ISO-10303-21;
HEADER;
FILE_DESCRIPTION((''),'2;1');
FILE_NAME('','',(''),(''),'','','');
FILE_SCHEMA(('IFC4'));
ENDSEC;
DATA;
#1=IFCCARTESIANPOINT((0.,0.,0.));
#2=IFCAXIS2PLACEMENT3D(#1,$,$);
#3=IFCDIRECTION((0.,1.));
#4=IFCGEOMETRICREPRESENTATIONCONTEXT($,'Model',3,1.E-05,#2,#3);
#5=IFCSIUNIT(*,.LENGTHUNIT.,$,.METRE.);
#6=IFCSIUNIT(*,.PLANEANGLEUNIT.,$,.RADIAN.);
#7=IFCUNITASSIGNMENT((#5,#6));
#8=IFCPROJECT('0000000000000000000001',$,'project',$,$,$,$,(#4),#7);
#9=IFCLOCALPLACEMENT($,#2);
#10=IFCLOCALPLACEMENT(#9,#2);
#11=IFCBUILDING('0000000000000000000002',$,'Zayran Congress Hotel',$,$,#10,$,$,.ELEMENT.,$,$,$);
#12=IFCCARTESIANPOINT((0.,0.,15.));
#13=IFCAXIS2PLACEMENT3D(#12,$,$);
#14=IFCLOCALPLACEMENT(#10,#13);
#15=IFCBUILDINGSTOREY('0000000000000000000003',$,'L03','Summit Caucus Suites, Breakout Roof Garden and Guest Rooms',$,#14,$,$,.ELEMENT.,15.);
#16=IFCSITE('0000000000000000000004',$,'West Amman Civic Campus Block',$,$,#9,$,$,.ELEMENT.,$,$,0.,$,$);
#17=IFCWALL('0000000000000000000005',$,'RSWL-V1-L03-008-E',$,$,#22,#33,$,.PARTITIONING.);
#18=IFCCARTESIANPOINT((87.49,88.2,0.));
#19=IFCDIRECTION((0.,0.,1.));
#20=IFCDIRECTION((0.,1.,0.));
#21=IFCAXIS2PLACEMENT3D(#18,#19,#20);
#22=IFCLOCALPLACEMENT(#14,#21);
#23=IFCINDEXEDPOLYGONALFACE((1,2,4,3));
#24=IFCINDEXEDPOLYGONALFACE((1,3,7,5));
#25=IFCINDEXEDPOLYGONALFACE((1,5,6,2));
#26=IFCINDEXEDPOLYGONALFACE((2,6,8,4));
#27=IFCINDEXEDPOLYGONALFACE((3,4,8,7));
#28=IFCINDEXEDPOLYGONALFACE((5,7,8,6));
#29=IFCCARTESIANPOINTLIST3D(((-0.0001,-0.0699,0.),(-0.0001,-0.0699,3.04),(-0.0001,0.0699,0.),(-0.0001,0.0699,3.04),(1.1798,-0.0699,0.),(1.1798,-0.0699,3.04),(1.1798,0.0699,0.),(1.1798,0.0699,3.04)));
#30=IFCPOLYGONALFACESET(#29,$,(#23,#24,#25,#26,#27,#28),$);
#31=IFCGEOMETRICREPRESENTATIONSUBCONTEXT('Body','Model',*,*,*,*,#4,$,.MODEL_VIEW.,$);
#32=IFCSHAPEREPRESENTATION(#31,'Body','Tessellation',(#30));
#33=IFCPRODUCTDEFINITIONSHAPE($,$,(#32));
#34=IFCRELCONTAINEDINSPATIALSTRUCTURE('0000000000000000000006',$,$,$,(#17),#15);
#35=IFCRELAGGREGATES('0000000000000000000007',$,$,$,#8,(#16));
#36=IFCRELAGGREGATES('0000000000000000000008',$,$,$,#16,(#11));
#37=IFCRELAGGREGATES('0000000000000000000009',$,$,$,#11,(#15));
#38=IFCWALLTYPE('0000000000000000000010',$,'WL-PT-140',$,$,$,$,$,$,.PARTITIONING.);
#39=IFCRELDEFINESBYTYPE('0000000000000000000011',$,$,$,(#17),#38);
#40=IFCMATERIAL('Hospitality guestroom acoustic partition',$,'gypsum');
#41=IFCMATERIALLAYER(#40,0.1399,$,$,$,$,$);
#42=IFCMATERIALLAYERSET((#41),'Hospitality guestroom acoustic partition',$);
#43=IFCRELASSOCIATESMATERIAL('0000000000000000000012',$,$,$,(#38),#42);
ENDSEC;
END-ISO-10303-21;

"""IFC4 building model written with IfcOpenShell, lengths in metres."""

from ifc_helpers import new_model, si_unit, direction, frame, frame_2d, origin, place, context, subcontext, project, spatial, rectangle, extrude, material, layer, layer_set, type_object, element, save


model = new_model("IFC4")

# Units and contexts
model_context = context("Model", 3, precision=1e-05, world=origin(), true_north=direction((0.0, 1.0)))
body_context = subcontext(model_context, "Body", "Model", "MODEL_VIEW")
ifc_project = project(units=[si_unit("LENGTHUNIT", "METRE"), si_unit("PLANEANGLEUNIT", "RADIAN")], contexts=[model_context])

# Site, building, storey
site_placement = place(None, origin())
site = spatial("IfcSite", under=ifc_project, at=site_placement, Name="West Amman Civic Campus Block", CompositionType="ELEMENT", RefElevation=0.0)
building_placement = place(site_placement, origin())
building = spatial("IfcBuilding", under=site, at=building_placement, Name="Zayran Congress Hotel", CompositionType="ELEMENT")
storey_placement = place(building_placement, frame((0.0, 0.0, 15.0)))
storey = spatial("IfcBuildingStorey", under=building, at=storey_placement, Name="L03", Description="Summit Caucus Suites, Breakout Roof Garden and Guest Rooms", CompositionType="ELEMENT", Elevation=15.0)

# Wall
ifc_material_1 = material(Name="Hospitality guestroom acoustic partition", Category="gypsum")
ifc_layer_1 = layer(ifc_material_1, 0.1399)
ifc_layer_set_1 = layer_set([ifc_layer_1], Name="Hospitality guestroom acoustic partition")
wall_type_1 = type_object("IfcWallType", Name="WL-PT-140", PredefinedType="PARTITIONING", material=ifc_layer_set_1)
for number, where, z_axis, x_axis, name in (
    (1, (87.49, 88.2, 0.0), (0.0, 0.0, 1.0), (0.0, 1.0, 0.0), "RSWL-V1-L03-008-E"),
):
    element("IfcWall", number, at=place(storey_placement, frame(where, z_axis=z_axis, x_axis=x_axis)), inside=storey, type_object=wall_type_1, Name=name, PredefinedType="PARTITIONING", context=body_context, shape_type="SweptSolid", body=[
        extrude(rectangle(XDim=1.1799, YDim=0.1399, at=frame_2d((0.5898, 0.0))), origin(), (0.0, 0.0, 1.0), 3.04),
    ])

save(model, "model.ifc")
